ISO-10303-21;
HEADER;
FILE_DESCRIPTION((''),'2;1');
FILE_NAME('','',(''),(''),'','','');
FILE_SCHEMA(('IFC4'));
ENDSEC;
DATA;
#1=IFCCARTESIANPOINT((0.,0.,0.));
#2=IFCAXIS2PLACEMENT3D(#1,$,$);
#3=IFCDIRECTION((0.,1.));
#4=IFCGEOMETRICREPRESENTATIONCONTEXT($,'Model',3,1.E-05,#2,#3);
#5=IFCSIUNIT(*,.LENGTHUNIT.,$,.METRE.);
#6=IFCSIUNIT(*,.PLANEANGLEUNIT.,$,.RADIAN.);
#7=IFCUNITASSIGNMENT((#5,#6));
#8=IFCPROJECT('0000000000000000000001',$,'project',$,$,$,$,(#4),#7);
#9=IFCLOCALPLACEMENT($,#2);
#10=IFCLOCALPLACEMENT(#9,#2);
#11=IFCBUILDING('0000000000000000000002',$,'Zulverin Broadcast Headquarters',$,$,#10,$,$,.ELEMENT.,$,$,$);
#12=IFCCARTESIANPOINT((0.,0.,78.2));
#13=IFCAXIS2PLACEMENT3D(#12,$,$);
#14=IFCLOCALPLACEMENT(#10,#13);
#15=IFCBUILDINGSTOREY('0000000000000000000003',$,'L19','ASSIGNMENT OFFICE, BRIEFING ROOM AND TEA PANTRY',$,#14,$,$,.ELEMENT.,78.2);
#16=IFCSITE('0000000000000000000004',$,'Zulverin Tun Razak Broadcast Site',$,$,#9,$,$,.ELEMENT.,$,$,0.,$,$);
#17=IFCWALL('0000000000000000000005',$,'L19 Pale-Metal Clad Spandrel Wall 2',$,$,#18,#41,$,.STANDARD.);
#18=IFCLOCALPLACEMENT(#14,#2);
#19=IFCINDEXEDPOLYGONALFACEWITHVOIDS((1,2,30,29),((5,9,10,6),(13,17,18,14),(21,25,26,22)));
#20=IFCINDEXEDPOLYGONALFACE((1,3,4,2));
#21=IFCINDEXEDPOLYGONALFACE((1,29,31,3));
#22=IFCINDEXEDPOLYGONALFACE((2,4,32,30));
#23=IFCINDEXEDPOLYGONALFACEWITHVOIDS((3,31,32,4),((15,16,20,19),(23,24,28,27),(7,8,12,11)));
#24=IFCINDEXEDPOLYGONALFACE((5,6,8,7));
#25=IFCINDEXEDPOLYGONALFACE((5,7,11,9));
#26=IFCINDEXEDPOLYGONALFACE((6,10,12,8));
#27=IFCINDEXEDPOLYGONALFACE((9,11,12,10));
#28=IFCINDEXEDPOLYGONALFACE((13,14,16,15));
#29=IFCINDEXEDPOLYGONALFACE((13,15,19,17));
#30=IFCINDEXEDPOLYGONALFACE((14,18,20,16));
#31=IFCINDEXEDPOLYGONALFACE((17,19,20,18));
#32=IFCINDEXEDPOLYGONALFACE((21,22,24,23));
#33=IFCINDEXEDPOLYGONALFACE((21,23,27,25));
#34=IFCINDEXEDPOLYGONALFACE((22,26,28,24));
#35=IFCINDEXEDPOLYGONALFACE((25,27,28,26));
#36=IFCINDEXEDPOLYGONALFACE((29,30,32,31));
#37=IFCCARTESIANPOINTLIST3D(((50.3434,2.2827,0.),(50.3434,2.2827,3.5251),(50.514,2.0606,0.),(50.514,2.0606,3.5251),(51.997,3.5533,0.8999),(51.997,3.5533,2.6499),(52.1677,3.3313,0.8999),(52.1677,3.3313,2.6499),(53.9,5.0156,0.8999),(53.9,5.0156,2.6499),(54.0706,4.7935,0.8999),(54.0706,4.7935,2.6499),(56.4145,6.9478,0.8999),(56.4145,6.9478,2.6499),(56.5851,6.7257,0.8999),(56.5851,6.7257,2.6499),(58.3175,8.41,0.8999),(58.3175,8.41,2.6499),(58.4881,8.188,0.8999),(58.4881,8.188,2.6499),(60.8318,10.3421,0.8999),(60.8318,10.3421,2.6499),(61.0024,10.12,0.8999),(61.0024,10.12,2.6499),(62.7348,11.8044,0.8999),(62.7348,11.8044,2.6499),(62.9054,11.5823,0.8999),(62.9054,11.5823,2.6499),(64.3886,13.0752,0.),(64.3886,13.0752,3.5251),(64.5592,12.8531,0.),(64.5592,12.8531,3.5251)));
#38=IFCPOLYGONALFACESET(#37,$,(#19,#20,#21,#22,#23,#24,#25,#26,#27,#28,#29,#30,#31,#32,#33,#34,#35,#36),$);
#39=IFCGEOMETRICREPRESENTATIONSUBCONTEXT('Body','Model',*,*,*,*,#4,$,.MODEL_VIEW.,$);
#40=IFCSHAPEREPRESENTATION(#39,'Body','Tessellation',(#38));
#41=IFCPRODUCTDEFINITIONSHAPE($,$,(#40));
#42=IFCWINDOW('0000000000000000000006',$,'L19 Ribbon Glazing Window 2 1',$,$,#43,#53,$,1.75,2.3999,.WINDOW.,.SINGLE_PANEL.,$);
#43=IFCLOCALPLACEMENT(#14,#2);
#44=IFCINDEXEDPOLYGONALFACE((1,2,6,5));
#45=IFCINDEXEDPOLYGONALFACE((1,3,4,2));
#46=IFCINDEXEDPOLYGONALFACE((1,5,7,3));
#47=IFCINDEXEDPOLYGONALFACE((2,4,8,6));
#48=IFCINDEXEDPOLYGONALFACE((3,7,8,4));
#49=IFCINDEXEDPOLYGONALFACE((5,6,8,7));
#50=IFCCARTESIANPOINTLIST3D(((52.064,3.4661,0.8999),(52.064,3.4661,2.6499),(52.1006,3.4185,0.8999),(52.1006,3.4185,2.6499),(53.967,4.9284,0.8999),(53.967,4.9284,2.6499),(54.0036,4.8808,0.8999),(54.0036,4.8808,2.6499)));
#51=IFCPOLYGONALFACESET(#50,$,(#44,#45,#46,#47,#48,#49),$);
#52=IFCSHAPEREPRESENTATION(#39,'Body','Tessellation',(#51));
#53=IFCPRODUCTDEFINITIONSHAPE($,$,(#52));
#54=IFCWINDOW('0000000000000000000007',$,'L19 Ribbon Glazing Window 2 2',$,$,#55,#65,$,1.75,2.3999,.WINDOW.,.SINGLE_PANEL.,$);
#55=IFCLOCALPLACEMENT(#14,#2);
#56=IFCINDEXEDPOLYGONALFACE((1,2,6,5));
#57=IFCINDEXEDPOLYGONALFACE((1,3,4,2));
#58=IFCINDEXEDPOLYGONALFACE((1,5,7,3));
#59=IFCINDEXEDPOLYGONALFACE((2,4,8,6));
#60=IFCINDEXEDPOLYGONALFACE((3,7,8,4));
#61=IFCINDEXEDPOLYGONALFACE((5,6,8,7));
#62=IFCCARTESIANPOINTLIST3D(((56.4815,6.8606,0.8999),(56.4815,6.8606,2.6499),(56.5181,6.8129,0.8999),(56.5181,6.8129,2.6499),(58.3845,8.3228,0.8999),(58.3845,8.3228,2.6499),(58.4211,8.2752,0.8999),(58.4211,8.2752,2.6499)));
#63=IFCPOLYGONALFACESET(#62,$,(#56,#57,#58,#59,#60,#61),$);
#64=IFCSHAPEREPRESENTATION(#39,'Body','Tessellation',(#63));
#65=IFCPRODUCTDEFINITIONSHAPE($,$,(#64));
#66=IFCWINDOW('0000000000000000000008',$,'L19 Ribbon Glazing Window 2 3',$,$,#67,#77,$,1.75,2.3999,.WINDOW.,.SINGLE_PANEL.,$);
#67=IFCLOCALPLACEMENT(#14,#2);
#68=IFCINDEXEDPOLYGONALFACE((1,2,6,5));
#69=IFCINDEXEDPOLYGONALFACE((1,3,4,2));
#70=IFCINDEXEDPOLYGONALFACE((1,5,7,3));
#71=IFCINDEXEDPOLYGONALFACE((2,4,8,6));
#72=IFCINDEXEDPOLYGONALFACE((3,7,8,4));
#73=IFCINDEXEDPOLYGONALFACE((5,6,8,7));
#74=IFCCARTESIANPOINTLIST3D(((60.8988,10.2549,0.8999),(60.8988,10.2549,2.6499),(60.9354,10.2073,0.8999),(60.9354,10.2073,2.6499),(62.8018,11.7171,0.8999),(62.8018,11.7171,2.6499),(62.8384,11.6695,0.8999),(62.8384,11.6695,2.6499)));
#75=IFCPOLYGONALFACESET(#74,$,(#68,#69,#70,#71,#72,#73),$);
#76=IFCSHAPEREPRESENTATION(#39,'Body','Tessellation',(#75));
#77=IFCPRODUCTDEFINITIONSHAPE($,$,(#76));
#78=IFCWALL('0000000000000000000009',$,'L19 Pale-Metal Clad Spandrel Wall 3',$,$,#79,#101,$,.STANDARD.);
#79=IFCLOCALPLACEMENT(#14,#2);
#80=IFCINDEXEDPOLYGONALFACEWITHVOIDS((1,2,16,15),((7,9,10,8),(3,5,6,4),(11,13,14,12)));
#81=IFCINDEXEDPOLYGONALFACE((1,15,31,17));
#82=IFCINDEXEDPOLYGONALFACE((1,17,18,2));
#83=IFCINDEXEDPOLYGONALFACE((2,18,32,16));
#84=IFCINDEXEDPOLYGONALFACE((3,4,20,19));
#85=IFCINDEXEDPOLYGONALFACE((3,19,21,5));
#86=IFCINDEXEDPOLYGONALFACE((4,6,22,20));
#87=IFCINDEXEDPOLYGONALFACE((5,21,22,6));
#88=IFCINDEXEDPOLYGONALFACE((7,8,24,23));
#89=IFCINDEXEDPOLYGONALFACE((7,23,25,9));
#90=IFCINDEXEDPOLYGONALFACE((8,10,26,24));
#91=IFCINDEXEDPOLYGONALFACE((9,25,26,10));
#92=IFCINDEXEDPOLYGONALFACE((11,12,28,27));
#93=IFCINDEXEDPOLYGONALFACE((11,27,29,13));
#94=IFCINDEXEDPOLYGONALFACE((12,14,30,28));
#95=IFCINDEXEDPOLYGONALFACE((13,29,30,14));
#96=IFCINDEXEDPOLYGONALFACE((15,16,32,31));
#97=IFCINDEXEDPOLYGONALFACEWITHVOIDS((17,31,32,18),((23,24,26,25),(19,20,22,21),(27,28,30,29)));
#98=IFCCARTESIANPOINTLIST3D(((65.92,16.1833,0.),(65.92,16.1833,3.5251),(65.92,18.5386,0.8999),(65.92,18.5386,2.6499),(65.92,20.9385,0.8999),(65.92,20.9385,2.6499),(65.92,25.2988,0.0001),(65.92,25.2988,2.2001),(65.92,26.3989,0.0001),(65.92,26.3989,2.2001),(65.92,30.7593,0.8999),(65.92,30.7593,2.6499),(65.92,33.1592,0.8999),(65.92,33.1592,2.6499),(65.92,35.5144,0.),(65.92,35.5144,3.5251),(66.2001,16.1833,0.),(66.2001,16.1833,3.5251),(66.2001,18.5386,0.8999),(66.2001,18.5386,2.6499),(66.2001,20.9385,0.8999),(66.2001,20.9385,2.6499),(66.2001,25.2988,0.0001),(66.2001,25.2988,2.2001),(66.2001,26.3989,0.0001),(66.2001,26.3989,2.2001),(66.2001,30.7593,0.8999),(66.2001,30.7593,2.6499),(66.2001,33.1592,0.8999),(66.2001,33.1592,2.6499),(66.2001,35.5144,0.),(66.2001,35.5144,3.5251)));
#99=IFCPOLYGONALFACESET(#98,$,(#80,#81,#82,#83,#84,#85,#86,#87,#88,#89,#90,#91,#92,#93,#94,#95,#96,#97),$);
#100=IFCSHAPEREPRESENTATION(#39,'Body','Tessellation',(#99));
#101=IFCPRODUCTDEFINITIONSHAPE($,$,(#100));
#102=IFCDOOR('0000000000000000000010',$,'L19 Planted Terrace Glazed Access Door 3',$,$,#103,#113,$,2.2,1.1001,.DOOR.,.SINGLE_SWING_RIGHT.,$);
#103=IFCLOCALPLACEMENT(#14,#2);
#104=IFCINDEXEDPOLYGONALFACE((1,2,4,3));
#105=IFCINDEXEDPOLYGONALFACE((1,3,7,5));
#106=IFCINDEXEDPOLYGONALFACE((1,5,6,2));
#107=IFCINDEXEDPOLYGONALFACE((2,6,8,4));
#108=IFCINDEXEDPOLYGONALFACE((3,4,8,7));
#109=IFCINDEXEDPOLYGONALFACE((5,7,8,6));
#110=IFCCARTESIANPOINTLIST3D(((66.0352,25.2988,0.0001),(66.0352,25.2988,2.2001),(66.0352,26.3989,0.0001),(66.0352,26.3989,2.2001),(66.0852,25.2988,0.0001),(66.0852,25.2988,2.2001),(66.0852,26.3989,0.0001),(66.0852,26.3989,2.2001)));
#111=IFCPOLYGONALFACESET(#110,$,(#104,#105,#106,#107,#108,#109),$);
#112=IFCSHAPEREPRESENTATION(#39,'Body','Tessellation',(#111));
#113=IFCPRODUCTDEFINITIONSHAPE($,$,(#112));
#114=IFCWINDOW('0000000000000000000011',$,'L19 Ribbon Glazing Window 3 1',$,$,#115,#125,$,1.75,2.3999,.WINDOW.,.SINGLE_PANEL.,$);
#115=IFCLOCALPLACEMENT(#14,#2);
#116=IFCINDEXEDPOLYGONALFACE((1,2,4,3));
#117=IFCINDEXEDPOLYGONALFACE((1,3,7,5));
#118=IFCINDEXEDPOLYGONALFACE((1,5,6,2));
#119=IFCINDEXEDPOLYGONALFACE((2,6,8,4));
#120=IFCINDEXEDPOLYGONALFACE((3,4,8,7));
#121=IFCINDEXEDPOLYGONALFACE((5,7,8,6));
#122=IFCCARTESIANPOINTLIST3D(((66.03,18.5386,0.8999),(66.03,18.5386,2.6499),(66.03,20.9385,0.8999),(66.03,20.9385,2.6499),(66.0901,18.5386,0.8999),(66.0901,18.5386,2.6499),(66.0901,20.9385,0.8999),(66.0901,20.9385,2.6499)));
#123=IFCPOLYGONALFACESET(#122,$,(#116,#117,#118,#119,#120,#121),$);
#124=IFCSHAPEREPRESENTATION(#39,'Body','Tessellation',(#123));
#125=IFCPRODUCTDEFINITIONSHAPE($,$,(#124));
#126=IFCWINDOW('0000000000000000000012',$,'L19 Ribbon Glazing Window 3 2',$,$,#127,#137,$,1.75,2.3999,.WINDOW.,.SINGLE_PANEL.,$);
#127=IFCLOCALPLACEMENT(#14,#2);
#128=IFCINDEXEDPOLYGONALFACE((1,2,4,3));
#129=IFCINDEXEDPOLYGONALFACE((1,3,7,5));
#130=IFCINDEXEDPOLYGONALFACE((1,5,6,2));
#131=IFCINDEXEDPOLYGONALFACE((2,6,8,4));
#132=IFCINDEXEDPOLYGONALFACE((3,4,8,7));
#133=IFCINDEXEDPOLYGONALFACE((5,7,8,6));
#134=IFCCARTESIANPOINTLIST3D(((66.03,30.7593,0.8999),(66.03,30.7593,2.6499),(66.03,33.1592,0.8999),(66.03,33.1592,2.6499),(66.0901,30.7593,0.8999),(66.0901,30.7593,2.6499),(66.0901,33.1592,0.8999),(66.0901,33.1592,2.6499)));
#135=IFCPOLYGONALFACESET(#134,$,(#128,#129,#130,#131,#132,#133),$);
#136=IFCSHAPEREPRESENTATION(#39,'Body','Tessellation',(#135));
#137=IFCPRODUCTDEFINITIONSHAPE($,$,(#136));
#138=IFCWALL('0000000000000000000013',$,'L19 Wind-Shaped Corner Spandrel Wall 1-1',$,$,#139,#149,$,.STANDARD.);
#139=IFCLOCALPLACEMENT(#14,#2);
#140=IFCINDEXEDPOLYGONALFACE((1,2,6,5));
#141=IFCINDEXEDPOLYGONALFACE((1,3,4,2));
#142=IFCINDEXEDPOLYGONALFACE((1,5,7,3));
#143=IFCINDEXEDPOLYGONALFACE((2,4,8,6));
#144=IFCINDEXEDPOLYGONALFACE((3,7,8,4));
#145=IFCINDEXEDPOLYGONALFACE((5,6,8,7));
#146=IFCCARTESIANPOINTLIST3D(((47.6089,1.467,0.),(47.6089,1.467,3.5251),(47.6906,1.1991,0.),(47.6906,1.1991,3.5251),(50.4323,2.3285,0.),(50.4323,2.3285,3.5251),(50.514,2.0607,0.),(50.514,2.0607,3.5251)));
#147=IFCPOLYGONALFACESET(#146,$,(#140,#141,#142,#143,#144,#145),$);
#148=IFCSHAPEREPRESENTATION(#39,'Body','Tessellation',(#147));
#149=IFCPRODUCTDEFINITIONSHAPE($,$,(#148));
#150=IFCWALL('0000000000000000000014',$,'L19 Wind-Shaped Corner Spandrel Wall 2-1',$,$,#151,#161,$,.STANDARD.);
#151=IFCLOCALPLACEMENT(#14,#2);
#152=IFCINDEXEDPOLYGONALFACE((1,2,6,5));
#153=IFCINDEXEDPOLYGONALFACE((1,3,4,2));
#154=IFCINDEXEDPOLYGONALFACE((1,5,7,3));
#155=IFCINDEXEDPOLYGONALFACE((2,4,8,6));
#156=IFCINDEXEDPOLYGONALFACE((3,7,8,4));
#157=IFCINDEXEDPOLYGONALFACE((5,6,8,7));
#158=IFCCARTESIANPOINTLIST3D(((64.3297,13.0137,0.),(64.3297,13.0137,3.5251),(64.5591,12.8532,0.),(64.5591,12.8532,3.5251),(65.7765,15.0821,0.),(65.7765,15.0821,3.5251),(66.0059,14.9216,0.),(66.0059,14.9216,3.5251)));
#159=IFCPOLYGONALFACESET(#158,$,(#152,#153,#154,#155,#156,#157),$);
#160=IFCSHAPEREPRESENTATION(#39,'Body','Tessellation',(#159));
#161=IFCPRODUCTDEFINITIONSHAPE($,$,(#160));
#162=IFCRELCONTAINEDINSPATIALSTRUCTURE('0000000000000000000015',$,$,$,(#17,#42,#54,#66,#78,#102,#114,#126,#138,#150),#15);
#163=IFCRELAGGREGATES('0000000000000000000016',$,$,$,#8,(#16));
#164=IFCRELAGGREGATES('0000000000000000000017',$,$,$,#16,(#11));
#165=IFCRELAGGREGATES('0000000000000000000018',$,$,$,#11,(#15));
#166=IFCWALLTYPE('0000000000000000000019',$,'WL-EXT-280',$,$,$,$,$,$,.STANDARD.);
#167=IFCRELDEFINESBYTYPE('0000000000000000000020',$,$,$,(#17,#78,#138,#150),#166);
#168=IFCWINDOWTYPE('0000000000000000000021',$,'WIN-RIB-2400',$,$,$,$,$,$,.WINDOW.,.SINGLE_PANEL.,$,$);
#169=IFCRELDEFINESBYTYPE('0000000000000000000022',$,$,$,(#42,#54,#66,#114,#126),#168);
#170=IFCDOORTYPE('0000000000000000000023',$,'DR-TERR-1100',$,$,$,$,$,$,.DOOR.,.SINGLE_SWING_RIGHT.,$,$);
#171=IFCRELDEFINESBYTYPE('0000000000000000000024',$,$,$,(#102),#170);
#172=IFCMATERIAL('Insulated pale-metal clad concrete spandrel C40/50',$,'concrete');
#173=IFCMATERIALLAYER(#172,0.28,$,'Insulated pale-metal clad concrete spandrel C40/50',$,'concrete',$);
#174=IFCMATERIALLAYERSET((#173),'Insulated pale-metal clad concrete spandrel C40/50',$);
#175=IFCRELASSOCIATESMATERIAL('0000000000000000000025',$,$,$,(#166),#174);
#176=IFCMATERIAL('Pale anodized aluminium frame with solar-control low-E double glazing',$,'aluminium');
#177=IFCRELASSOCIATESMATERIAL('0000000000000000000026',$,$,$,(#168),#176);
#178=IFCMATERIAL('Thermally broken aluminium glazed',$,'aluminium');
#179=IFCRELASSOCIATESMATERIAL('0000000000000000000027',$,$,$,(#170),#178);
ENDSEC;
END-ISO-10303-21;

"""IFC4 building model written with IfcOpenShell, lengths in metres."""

from ifc_helpers import new_model, si_unit, direction, frame, frame_2d, origin, place, context, subcontext, project, spatial, rectangle, extrude, material, layer, layer_set, type_object, element, fill, save


model = new_model("IFC4")

# Units and contexts
model_context = context("Model", 3, precision=1e-05, world=origin(), true_north=direction((0.0, 1.0)))
body_context = subcontext(model_context, "Body", "Model", "MODEL_VIEW")
ifc_project = project(units=[si_unit("LENGTHUNIT", "METRE"), si_unit("PLANEANGLEUNIT", "RADIAN")], contexts=[model_context])

# Site, building, storey
site_placement = place(None, origin())
site = spatial("IfcSite", under=ifc_project, at=site_placement, Name="Zulverin Tun Razak Broadcast Site", CompositionType="ELEMENT", RefElevation=0.0)
building_placement = place(site_placement, origin())
building = spatial("IfcBuilding", under=site, at=building_placement, Name="Zulverin Broadcast Headquarters", CompositionType="ELEMENT")
storey_placement = place(building_placement, frame((0.0, 0.0, 78.2)))
storey = spatial("IfcBuildingStorey", under=building, at=storey_placement, Name="L19", Description="ASSIGNMENT OFFICE, BRIEFING ROOM AND TEA PANTRY", CompositionType="ELEMENT", Elevation=78.2)

# Wall, openings, windows
ifc_material_1 = material(Name="Insulated pale-metal clad concrete spandrel C40/50", Category="concrete")
ifc_layer_1 = layer(ifc_material_1, 0.28, Name="Insulated pale-metal clad concrete spandrel C40/50", Category="concrete")
ifc_layer_set_1 = layer_set([ifc_layer_1], Name="Insulated pale-metal clad concrete spandrel C40/50")
wall_type_1 = type_object("IfcWallType", Name="WL-EXT-280", PredefinedType="STANDARD", material=ifc_layer_set_1)
wall_1_placement = place(storey_placement, frame((50.4287, 2.1716, 0.0), z_axis=(0.0, 0.0, 1.0), x_axis=(0.792937, 0.609303, 0.0)))
wall_1 = element("IfcWall", 1, at=wall_1_placement, inside=storey, type_object=wall_type_1, Name="L19 Pale-Metal Clad Spandrel Wall 2", PredefinedType="STANDARD", context=body_context, shape_type="SweptSolid", body=[
    extrude(rectangle(XDim=17.7129, YDim=0.28, at=frame_2d((8.8564, 0.0))), origin(), (0.0, 0.0, 1.0), 3.5251),
])
opening_1_placement = place(wall_1_placement, frame((2.0854, 0.0, 0.8999)))
opening_1 = element("IfcOpeningElement", 2, at=opening_1_placement, cuts=wall_1, PredefinedType="OPENING", context=body_context, shape_type="SweptSolid", body=[
    extrude(rectangle(XDim=2.3999, YDim=1.75, at=frame_2d((1.2, 0.875))), frame((0.0, 0.1499, 0.0), z_axis=(0.0, -1.0, 0.0), x_axis=(1.0, 0.0, 0.0)), (0.0, 0.0, 1.0), 0.3),
])
opening_2_placement = place(wall_1_placement, frame((7.6565, 0.0, 0.8999)))
opening_2 = element("IfcOpeningElement", 3, at=opening_2_placement, cuts=wall_1, PredefinedType="OPENING", context=body_context, shape_type="SweptSolid", body=[
    extrude(rectangle(XDim=2.3999, YDim=1.75, at=frame_2d((1.2, 0.875))), frame((0.0, 0.1499, 0.0), z_axis=(0.0, -1.0, 0.0), x_axis=(1.0, 0.0, 0.0)), (0.0, 0.0, 1.0), 0.3),
])
opening_3_placement = place(wall_1_placement, frame((13.2273, 0.0, 0.8999)))
opening_3 = element("IfcOpeningElement", 4, at=opening_3_placement, cuts=wall_1, PredefinedType="OPENING", context=body_context, shape_type="SweptSolid", body=[
    extrude(rectangle(XDim=2.3999, YDim=1.75, at=frame_2d((1.2, 0.875))), frame((0.0, 0.1499, 0.0), z_axis=(0.0, -1.0, 0.0), x_axis=(1.0, 0.0, 0.0)), (0.0, 0.0, 1.0), 0.3),
])
ifc_material_2 = material(Name="Pale anodized aluminium frame with solar-control low-E double glazing", Category="aluminium")
window_type = type_object("IfcWindowType", Name="WIN-RIB-2400", PartitioningType="SINGLE_PANEL", PredefinedType="WINDOW", material=ifc_material_2)
window_1_placement = place(opening_1_placement, origin())
window_1 = element("IfcWindow", 5, at=window_1_placement, inside=storey, type_object=window_type, Name="L19 Ribbon Glazing Window 2 1", OverallHeight=1.75, OverallWidth=2.3999, PartitioningType="SINGLE_PANEL", PredefinedType="WINDOW", context=body_context, shape_type="SweptSolid", body=[
    extrude(rectangle(XDim=2.3999, YDim=1.75, at=frame_2d((1.2, 0.875))), frame((0.0, 0.03, 0.0), z_axis=(0.0, -1.0, 0.0), x_axis=(1.0, 0.0, 0.0)), (0.0, 0.0, 1.0), 0.0601),
])
fill(opening_1, window_1)
window_2_placement = place(opening_2_placement, origin())
window_2 = element("IfcWindow", 6, at=window_2_placement, inside=storey, type_object=window_type, Name="L19 Ribbon Glazing Window 2 2", OverallHeight=1.75, OverallWidth=2.3999, PartitioningType="SINGLE_PANEL", PredefinedType="WINDOW", context=body_context, shape_type="SweptSolid", body=[
    extrude(rectangle(XDim=2.3999, YDim=1.75, at=frame_2d((1.2, 0.875))), frame((0.0, 0.03, 0.0), z_axis=(0.0, -1.0, 0.0), x_axis=(1.0, 0.0, 0.0)), (0.0, 0.0, 1.0), 0.0601),
])
fill(opening_2, window_2)
window_3_placement = place(opening_3_placement, origin())
window_3 = element("IfcWindow", 7, at=window_3_placement, inside=storey, type_object=window_type, Name="L19 Ribbon Glazing Window 2 3", OverallHeight=1.75, OverallWidth=2.3999, PartitioningType="SINGLE_PANEL", PredefinedType="WINDOW", context=body_context, shape_type="SweptSolid", body=[
    extrude(rectangle(XDim=2.3999, YDim=1.75, at=frame_2d((1.2, 0.875))), frame((0.0, 0.03, 0.0), z_axis=(0.0, -1.0, 0.0), x_axis=(1.0, 0.0, 0.0)), (0.0, 0.0, 1.0), 0.0601),
])
fill(opening_3, window_3)

# Wall, openings, door, windows
wall_2_placement = place(storey_placement, frame((66.0601, 16.1833, 0.0), z_axis=(0.0, 0.0, 1.0), x_axis=(0.0, 1.0, 0.0)))
wall_2 = element("IfcWall", 8, at=wall_2_placement, inside=storey, type_object=wall_type_1, Name="L19 Pale-Metal Clad Spandrel Wall 3", PredefinedType="STANDARD", context=body_context, shape_type="SweptSolid", body=[
    extrude(rectangle(XDim=19.3311, YDim=0.28, at=frame_2d((9.6655, 0.0))), origin(), (0.0, 0.0, 1.0), 3.5251),
])
opening_4_placement = place(wall_2_placement, frame((9.1155, 0.0, 0.0)))
opening_4 = element("IfcOpeningElement", 9, at=opening_4_placement, cuts=wall_2, PredefinedType="OPENING", context=body_context, shape_type="SweptSolid", body=[
    extrude(rectangle(XDim=1.1001, YDim=2.2, at=frame_2d((0.55, 1.1001))), frame((0.0, 0.1499, 0.0), z_axis=(0.0, -1.0, 0.0), x_axis=(1.0, 0.0, 0.0)), (0.0, 0.0, 1.0), 0.3),
])
opening_5_placement = place(wall_2_placement, frame((2.3552, 0.0, 0.8999)))
opening_5 = element("IfcOpeningElement", 10, at=opening_5_placement, cuts=wall_2, PredefinedType="OPENING", context=body_context, shape_type="SweptSolid", body=[
    extrude(rectangle(XDim=2.3999, YDim=1.75, at=frame_2d((1.2, 0.875))), frame((0.0, 0.1499, 0.0), z_axis=(0.0, -1.0, 0.0), x_axis=(1.0, 0.0, 0.0)), (0.0, 0.0, 1.0), 0.3),
])
opening_6_placement = place(wall_2_placement, frame((14.5759, 0.0, 0.8999)))
opening_6 = element("IfcOpeningElement", 11, at=opening_6_placement, cuts=wall_2, PredefinedType="OPENING", context=body_context, shape_type="SweptSolid", body=[
    extrude(rectangle(XDim=2.3999, YDim=1.75, at=frame_2d((1.2, 0.875))), frame((0.0, 0.1499, 0.0), z_axis=(0.0, -1.0, 0.0), x_axis=(1.0, 0.0, 0.0)), (0.0, 0.0, 1.0), 0.3),
])
ifc_material_3 = material(Name="Thermally broken aluminium glazed", Category="aluminium")
door_type_1 = type_object("IfcDoorType", Name="DR-TERR-1100", OperationType="SINGLE_SWING_RIGHT", PredefinedType="DOOR", material=ifc_material_3)
door_1_placement = place(opening_4_placement, origin())
door_1 = element("IfcDoor", 12, at=door_1_placement, inside=storey, type_object=door_type_1, Name="L19 Planted Terrace Glazed Access Door 3", OperationType="SINGLE_SWING_RIGHT", OverallHeight=2.2, OverallWidth=1.1001, PredefinedType="DOOR", context=body_context, shape_type="SweptSolid", body=[
    extrude(rectangle(XDim=1.1001, YDim=2.2, at=frame_2d((0.55, 1.1001))), frame((0.0, 0.0249, 0.0), z_axis=(0.0, -1.0, 0.0), x_axis=(1.0, 0.0, 0.0)), (0.0, 0.0, 1.0), 0.05),
])
fill(opening_4, door_1)
window_4_placement = place(opening_5_placement, origin())
window_4 = element("IfcWindow", 13, at=window_4_placement, inside=storey, type_object=window_type, Name="L19 Ribbon Glazing Window 3 1", OverallHeight=1.75, OverallWidth=2.3999, PartitioningType="SINGLE_PANEL", PredefinedType="WINDOW", context=body_context, shape_type="SweptSolid", body=[
    extrude(rectangle(XDim=2.3999, YDim=1.75, at=frame_2d((1.2, 0.875))), frame((0.0, 0.03, 0.0), z_axis=(0.0, -1.0, 0.0), x_axis=(1.0, 0.0, 0.0)), (0.0, 0.0, 1.0), 0.0601),
])
fill(opening_5, window_4)
window_5_placement = place(opening_6_placement, origin())
window_5 = element("IfcWindow", 14, at=window_5_placement, inside=storey, type_object=window_type, Name="L19 Ribbon Glazing Window 3 2", OverallHeight=1.75, OverallWidth=2.3999, PartitioningType="SINGLE_PANEL", PredefinedType="WINDOW", context=body_context, shape_type="SweptSolid", body=[
    extrude(rectangle(XDim=2.3999, YDim=1.75, at=frame_2d((1.2, 0.875))), frame((0.0, 0.03, 0.0), z_axis=(0.0, -1.0, 0.0), x_axis=(1.0, 0.0, 0.0)), (0.0, 0.0, 1.0), 0.0601),
])
fill(opening_6, window_5)

# Walls
wall_3_placement = place(storey_placement, frame((47.6497, 1.333, 0.0), z_axis=(0.0, 0.0, 1.0), x_axis=(0.956461, 0.291859, 0.0)))
element("IfcWall", 15, at=wall_3_placement, inside=storey, type_object=wall_type_1, Name="L19 Wind-Shaped Corner Spandrel Wall 1-1", PredefinedType="STANDARD", context=body_context, shape_type="SweptSolid", body=[
    extrude(rectangle(XDim=2.9519, YDim=0.28, at=frame_2d((1.4761, 0.0))), origin(), (0.0, 0.0, 1.0), 3.5251),
])
wall_4_placement = place(storey_placement, frame((64.4443, 12.9333, 0.0), z_axis=(0.0, 0.0, 1.0), x_axis=(0.573177, 0.819432, 0.0)))
element("IfcWall", 16, at=wall_4_placement, inside=storey, type_object=wall_type_1, Name="L19 Wind-Shaped Corner Spandrel Wall 2-1", PredefinedType="STANDARD", context=body_context, shape_type="SweptSolid", body=[
    extrude(rectangle(XDim=2.5242, YDim=0.28, at=frame_2d((1.2622, 0.0))), origin(), (0.0, 0.0, 1.0), 3.5251),
])

save(model, "model.ifc")
